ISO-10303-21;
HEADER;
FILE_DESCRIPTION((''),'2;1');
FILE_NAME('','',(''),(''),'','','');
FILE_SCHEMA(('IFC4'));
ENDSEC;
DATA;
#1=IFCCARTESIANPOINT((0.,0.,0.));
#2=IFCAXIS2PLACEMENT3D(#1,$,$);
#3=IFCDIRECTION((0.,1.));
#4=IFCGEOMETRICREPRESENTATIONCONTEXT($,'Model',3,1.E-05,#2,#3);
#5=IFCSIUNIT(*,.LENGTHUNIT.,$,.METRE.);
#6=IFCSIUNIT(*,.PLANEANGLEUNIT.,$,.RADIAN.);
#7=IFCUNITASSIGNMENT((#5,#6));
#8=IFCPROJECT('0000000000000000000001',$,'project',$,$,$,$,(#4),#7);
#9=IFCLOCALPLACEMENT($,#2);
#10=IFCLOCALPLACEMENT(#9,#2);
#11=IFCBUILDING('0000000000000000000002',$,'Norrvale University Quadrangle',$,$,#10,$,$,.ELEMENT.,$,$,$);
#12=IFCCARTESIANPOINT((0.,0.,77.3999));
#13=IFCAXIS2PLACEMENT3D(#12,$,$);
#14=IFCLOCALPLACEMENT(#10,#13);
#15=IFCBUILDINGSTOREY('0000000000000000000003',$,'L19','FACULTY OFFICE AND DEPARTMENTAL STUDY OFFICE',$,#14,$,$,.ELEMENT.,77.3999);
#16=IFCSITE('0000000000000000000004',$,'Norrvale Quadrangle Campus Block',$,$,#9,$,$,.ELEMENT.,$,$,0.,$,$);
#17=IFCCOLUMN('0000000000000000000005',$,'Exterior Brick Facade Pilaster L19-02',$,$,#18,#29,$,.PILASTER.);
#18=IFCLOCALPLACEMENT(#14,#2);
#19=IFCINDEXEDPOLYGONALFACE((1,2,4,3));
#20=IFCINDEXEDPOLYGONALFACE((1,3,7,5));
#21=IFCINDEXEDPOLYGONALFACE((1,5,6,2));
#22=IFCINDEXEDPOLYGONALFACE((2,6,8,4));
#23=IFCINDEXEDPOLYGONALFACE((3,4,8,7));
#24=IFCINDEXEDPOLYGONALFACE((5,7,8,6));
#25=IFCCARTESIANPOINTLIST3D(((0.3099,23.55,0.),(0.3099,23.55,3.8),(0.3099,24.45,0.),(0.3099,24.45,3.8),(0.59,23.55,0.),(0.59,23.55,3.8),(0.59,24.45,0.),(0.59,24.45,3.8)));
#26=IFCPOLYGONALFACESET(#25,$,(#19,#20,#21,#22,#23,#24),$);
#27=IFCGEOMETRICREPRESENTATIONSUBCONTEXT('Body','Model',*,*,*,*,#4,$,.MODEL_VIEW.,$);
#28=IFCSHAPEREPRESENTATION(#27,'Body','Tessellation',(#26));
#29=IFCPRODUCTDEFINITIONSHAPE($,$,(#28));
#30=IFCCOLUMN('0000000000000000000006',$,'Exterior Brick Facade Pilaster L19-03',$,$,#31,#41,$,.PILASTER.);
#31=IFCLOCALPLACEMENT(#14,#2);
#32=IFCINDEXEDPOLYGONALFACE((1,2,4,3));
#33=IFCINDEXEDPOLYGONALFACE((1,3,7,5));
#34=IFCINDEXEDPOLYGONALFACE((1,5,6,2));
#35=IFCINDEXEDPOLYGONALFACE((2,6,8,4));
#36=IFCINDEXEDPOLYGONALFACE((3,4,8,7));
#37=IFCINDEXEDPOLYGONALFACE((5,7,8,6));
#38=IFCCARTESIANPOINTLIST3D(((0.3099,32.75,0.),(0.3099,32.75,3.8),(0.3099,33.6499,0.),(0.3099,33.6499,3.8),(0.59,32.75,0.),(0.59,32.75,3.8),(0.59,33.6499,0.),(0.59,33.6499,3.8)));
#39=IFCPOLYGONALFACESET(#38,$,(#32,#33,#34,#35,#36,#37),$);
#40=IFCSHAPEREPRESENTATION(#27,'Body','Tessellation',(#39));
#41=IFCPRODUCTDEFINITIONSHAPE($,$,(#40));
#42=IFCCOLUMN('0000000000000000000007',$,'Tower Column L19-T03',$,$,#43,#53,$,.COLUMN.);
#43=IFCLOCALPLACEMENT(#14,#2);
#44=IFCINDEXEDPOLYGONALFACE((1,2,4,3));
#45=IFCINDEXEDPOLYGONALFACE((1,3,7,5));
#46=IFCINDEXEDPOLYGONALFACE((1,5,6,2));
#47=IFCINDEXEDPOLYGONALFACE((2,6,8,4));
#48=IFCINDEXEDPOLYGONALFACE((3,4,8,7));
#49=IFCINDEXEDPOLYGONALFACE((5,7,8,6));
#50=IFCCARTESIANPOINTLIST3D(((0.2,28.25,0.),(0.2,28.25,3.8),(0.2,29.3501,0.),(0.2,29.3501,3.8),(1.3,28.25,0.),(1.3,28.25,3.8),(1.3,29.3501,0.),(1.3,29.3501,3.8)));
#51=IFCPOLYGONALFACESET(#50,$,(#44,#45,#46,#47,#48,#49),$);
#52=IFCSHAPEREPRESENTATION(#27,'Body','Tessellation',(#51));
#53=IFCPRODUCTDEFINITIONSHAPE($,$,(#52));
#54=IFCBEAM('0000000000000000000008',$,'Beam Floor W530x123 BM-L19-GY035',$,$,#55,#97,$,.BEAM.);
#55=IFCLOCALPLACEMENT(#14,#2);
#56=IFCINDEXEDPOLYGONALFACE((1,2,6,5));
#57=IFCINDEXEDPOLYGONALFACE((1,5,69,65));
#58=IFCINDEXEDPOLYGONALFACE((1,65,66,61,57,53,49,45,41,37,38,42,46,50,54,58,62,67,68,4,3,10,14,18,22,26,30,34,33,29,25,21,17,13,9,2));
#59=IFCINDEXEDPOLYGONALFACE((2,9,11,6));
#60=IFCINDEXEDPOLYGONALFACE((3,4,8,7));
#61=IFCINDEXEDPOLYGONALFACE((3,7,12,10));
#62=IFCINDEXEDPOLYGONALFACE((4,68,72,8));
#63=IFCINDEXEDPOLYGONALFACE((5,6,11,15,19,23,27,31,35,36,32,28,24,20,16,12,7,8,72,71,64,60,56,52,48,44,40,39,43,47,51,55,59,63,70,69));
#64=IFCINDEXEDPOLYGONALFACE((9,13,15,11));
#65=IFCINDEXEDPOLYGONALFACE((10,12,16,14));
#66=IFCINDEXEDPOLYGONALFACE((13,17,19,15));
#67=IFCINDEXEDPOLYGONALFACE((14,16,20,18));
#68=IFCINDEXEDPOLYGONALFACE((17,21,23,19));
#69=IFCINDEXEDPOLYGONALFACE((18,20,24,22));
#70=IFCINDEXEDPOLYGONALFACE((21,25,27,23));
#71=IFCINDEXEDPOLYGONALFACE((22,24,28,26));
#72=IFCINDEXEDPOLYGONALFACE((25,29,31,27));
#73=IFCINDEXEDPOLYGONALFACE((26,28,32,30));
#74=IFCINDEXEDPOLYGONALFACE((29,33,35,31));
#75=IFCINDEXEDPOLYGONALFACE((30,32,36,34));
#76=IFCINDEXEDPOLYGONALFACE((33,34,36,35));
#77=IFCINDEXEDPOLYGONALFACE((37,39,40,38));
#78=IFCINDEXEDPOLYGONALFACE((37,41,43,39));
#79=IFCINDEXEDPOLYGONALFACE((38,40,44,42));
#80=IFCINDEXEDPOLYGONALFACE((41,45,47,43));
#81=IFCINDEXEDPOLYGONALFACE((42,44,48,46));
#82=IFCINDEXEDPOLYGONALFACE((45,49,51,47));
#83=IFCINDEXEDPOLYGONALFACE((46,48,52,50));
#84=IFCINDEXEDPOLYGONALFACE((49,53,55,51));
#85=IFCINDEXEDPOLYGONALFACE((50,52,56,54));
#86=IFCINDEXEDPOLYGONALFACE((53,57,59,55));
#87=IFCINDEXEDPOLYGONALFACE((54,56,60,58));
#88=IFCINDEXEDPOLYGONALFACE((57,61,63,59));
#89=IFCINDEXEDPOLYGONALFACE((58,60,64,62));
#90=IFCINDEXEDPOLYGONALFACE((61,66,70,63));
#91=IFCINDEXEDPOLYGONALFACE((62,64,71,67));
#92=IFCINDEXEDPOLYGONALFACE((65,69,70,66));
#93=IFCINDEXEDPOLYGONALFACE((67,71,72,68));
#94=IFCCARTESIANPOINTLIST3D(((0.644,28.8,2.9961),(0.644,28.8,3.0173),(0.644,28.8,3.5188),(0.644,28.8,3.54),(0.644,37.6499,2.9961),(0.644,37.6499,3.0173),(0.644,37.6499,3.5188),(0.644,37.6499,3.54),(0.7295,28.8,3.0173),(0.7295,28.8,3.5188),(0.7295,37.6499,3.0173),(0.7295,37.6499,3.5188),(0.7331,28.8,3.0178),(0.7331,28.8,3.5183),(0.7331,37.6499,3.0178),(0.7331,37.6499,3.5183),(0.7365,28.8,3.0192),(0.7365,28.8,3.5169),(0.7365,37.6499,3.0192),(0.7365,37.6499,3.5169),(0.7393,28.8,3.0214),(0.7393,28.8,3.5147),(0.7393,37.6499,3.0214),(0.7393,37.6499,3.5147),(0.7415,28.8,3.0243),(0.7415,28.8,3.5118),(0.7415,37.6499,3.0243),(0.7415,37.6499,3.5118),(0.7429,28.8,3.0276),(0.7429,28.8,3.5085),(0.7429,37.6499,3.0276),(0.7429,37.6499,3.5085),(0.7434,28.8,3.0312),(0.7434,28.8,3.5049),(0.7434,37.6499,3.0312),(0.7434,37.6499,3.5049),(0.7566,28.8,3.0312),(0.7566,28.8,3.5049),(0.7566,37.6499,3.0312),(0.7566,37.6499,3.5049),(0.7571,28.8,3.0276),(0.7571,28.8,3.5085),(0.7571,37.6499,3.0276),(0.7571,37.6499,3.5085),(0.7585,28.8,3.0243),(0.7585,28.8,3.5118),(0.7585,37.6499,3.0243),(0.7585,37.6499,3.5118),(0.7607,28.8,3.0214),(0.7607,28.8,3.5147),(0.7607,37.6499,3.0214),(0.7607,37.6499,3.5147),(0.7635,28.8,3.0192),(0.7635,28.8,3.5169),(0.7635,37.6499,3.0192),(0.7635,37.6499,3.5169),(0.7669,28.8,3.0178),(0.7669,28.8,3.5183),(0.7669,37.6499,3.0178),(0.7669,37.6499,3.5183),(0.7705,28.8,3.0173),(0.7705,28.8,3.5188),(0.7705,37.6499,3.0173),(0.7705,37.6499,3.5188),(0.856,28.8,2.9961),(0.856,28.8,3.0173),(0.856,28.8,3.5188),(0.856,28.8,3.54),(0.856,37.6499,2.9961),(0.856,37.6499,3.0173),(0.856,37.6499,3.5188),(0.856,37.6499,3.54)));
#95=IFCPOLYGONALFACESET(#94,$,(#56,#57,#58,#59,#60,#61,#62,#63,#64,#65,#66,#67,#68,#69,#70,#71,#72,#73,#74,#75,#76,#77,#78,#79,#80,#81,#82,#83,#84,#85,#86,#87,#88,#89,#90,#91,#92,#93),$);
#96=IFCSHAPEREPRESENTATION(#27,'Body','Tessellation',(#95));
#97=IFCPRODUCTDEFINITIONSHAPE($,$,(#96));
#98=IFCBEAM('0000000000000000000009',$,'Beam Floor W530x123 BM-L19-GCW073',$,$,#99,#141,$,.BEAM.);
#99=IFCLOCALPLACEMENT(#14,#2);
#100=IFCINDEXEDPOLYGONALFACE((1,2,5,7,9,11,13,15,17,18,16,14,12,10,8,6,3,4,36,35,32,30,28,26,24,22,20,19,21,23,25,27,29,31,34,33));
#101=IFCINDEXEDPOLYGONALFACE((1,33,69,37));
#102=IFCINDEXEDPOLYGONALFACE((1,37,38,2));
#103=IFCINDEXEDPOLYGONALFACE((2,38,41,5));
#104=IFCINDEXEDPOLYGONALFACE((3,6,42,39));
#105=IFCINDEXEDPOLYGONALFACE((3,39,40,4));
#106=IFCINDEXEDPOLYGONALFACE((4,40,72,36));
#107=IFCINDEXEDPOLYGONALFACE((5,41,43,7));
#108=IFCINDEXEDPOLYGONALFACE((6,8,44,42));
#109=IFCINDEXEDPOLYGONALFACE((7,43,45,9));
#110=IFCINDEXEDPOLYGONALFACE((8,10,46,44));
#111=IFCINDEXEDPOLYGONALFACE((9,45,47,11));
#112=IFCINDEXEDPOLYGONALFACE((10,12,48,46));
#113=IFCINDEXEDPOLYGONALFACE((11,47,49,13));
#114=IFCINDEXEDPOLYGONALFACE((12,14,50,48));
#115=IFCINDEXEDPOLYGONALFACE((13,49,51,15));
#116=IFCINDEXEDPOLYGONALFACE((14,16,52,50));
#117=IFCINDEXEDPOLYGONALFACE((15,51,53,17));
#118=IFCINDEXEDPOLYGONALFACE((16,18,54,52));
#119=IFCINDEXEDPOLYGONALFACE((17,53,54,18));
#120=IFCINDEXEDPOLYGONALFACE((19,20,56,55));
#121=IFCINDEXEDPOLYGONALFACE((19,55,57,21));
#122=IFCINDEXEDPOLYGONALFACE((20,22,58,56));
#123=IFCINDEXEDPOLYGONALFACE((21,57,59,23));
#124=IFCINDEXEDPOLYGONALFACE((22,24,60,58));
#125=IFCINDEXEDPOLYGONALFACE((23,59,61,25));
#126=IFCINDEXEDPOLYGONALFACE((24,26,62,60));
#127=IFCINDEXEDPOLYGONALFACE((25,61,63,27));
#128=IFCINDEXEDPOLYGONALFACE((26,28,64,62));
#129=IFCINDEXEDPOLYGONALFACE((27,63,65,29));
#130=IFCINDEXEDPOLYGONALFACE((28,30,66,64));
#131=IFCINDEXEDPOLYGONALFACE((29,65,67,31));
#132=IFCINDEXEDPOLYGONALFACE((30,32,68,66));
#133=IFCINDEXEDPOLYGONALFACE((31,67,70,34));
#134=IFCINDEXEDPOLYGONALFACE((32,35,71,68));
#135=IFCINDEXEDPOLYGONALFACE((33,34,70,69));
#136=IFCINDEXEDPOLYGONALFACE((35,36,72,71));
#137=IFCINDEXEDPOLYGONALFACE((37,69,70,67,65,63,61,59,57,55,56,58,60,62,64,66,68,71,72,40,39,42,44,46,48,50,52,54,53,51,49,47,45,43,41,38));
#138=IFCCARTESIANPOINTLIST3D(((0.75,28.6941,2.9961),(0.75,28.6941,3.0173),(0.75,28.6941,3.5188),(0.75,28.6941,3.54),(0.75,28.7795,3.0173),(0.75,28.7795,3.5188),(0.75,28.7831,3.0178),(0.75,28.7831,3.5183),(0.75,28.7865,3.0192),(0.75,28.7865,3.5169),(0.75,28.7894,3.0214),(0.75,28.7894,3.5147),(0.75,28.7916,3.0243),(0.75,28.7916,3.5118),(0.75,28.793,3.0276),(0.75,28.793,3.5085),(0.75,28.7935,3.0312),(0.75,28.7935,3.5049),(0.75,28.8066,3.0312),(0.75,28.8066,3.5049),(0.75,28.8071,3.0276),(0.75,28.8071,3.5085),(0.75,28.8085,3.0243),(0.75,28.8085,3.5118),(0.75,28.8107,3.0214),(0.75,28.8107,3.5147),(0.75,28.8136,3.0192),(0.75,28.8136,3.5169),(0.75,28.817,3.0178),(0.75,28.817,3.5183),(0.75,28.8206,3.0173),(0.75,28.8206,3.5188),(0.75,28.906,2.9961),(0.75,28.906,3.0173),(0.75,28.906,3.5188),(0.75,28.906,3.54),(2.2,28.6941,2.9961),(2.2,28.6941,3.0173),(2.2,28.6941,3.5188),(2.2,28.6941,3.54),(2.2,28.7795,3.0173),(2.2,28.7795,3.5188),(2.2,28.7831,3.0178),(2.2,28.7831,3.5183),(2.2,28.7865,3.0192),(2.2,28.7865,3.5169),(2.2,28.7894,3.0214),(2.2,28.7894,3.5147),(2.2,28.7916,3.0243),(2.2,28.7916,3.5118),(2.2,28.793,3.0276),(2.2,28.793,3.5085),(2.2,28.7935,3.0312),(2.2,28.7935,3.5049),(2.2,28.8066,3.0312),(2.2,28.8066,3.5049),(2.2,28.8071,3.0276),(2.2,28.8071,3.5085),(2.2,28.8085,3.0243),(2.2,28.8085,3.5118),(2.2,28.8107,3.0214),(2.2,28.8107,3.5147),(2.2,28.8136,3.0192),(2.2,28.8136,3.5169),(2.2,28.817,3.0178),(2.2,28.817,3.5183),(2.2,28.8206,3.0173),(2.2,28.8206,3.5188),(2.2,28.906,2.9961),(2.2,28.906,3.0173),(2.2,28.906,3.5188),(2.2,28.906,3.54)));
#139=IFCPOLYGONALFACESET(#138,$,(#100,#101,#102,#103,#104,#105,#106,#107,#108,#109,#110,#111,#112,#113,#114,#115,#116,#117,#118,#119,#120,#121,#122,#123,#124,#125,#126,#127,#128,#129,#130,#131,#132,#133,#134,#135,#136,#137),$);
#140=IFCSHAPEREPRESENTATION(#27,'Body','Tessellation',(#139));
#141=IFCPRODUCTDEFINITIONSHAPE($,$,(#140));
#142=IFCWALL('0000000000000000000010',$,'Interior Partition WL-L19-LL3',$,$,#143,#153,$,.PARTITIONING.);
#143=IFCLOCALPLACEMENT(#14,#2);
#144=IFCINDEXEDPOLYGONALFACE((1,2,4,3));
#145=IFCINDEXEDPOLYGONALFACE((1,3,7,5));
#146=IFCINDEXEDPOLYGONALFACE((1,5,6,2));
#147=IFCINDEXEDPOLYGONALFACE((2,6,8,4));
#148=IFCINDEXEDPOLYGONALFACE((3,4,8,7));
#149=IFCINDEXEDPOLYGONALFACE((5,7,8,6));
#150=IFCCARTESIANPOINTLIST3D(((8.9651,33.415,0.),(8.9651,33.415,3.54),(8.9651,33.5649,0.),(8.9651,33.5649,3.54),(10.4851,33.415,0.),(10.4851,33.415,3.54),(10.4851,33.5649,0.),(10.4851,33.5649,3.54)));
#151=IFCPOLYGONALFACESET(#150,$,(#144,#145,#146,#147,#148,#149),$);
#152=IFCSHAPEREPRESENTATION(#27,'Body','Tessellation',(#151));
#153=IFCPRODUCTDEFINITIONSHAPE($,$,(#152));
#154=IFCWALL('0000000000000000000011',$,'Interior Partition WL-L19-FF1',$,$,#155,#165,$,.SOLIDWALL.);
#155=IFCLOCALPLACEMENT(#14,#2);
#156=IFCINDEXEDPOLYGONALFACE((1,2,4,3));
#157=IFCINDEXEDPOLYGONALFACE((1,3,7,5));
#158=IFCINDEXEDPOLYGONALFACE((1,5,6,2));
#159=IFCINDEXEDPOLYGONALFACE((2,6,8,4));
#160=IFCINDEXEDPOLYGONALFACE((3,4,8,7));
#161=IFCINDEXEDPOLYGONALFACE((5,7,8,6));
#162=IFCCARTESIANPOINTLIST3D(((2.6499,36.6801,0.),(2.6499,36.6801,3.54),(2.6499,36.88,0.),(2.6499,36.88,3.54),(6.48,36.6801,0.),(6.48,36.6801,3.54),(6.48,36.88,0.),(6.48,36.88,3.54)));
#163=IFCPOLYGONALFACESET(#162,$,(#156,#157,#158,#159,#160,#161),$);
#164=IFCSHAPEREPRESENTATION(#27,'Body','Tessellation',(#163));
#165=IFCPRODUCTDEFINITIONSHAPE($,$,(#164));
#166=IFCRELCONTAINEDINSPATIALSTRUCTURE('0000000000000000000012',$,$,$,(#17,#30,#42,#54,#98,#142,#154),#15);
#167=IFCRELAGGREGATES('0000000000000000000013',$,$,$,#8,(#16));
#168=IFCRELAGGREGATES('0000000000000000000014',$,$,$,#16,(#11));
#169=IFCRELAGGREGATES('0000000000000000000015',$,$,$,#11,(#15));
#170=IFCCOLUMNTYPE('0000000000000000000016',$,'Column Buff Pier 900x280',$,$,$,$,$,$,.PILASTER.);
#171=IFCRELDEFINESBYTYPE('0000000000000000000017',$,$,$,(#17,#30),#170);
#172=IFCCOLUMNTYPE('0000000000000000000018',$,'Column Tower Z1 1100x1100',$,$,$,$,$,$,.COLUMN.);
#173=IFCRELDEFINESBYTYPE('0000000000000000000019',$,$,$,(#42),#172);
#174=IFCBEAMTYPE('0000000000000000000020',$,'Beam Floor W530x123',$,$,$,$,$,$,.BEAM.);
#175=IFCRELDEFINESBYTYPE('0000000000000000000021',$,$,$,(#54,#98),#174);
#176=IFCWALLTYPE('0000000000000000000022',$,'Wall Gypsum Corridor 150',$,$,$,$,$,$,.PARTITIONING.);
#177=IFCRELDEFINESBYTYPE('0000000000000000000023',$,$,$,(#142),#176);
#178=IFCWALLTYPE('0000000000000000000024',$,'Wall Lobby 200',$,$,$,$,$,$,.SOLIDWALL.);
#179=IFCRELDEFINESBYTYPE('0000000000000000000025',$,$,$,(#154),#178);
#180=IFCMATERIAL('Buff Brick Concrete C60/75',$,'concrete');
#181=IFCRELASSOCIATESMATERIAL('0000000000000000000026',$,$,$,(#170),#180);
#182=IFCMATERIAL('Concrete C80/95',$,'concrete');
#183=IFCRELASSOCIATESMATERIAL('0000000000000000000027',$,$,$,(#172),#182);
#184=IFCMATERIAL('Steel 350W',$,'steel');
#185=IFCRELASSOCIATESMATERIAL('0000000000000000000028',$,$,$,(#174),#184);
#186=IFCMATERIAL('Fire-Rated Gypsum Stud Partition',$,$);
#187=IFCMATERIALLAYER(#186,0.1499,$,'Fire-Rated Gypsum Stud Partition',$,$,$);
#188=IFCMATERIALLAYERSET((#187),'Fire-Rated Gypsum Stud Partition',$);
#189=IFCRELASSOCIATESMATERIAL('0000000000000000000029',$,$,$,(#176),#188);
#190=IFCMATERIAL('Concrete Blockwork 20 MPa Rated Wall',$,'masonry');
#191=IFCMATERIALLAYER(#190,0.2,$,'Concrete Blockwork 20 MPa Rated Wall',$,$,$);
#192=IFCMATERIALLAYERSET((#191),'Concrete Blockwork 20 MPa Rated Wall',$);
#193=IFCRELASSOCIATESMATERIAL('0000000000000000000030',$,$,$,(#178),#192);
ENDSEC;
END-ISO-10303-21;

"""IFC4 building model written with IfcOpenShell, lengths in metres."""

from ifc_helpers import new_model, si_unit, direction, frame, frame_2d, origin, origin_2d, place, context, subcontext, project, spatial, rectangle, i_section, extrude, material, layer, layer_set, material_profile, profile_set, type_object, element, save


model = new_model("IFC4")

# Units and contexts
model_context = context("Model", 3, precision=1e-05, world=origin(), true_north=direction((0.0, 1.0)))
body_context = subcontext(model_context, "Body", "Model", "MODEL_VIEW")
ifc_project = project(units=[si_unit("LENGTHUNIT", "METRE"), si_unit("PLANEANGLEUNIT", "RADIAN")], contexts=[model_context])

# Site, building, storey
site_placement = place(None, origin())
site = spatial("IfcSite", under=ifc_project, at=site_placement, Name="Norrvale Quadrangle Campus Block", CompositionType="ELEMENT", RefElevation=0.0)
building_placement = place(site_placement, origin())
building = spatial("IfcBuilding", under=site, at=building_placement, Name="Norrvale University Quadrangle", CompositionType="ELEMENT")
storey_placement = place(building_placement, frame((0.0, 0.0, 77.3999)))
storey = spatial("IfcBuildingStorey", under=building, at=storey_placement, Name="L19", Description="FACULTY OFFICE AND DEPARTMENTAL STUDY OFFICE", CompositionType="ELEMENT", Elevation=77.3999)

# Columns
ifc_material_1 = material(Name="Buff Brick Concrete C60/75", Category="concrete")
ifc_material_profile_1 = material_profile(ifc_material_1, rectangle(XDim=0.8999, YDim=0.28, at=origin_2d()), Name="Buff Brick Concrete C60/75")
ifc_profile_set_1 = profile_set([ifc_material_profile_1], Name="Buff Brick Concrete C60/75")
column_type_1 = type_object("IfcColumnType", Name="Column Buff Pier 900x280", PredefinedType="PILASTER", material=ifc_profile_set_1)
for number, where, z_axis, x_axis, name in (
    (1, (0.45, 24.0, 0.0), (0.0, 0.0, 1.0), (0.0, 1.0, 0.0), "Exterior Brick Facade Pilaster L19-02"),
    (2, (0.45, 33.2, 0.0), (0.0, 0.0, 1.0), (0.0, 1.0, 0.0), "Exterior Brick Facade Pilaster L19-03"),
):
    element("IfcColumn", number, at=place(storey_placement, frame(where, z_axis=z_axis, x_axis=x_axis)), inside=storey, type_object=column_type_1, Name=name, PredefinedType="PILASTER", context=body_context, shape_type="SweptSolid", body=[
        extrude(rectangle(XDim=0.8999, YDim=0.28, at=origin_2d()), origin(), (0.0, 0.0, 1.0), 3.8),
    ])
ifc_material_2 = material(Name="Concrete C80/95", Category="concrete")
ifc_material_profile_2 = material_profile(ifc_material_2, rectangle(XDim=1.1001, YDim=1.1001, at=origin_2d()), Name="Concrete C80/95")
ifc_profile_set_2 = profile_set([ifc_material_profile_2], Name="Concrete C80/95")
column_type_2 = type_object("IfcColumnType", Name="Column Tower Z1 1100x1100", PredefinedType="COLUMN", material=ifc_profile_set_2)
column_placement = place(storey_placement, frame((0.75, 28.8, 0.0), z_axis=(0.0, 0.0, 1.0), x_axis=(1.0, 0.0, 0.0)))
element("IfcColumn", 3, at=column_placement, inside=storey, type_object=column_type_2, Name="Tower Column L19-T03", PredefinedType="COLUMN", context=body_context, shape_type="SweptSolid", body=[
    extrude(rectangle(XDim=1.1001, YDim=1.1001, at=origin_2d()), origin(), (0.0, 0.0, 1.0), 3.8),
])

# Beams
ifc_material_3 = material(Name="Steel 350W", Category="steel")
ifc_material_profile_3 = material_profile(ifc_material_3, i_section(OverallWidth=0.2119, OverallDepth=0.5439, WebThickness=0.0132, FlangeThickness=0.0212, FilletRadius=0.0139, at=origin_2d()), Name="Steel 350W")
ifc_profile_set_3 = profile_set([ifc_material_profile_3], Name="Steel 350W")
beam_type = type_object("IfcBeamType", Name="Beam Floor W530x123", PredefinedType="BEAM", material=ifc_profile_set_3)
beam_1_placement = place(storey_placement, frame((0.75, 28.8, 3.2681), z_axis=(0.0, 1.0, 0.0), x_axis=(-1.0, 0.0, 0.0)))
element("IfcBeam", 4, at=beam_1_placement, inside=storey, type_object=beam_type, Name="Beam Floor W530x123 BM-L19-GY035", PredefinedType="BEAM", context=body_context, shape_type="SweptSolid", body=[
    extrude(i_section(OverallWidth=0.2119, OverallDepth=0.5439, WebThickness=0.0132, FlangeThickness=0.0212, FilletRadius=0.0139, at=origin_2d()), origin(), (0.0, 0.0, 1.0), 8.8499),
])
beam_2_placement = place(storey_placement, frame((0.75, 28.8, 3.2681), z_axis=(1.0, 0.0, 0.0), x_axis=(0.0, 1.0, 0.0)))
element("IfcBeam", 5, at=beam_2_placement, inside=storey, type_object=beam_type, Name="Beam Floor W530x123 BM-L19-GCW073", PredefinedType="BEAM", context=body_context, shape_type="SweptSolid", body=[
    extrude(i_section(OverallWidth=0.2119, OverallDepth=0.5439, WebThickness=0.0132, FlangeThickness=0.0212, FilletRadius=0.0139, at=origin_2d()), origin(), (0.0, 0.0, 1.0), 1.45),
])

# Walls
ifc_material_4 = material(Name="Fire-Rated Gypsum Stud Partition")
ifc_layer_1 = layer(ifc_material_4, 0.1499, Name="Fire-Rated Gypsum Stud Partition")
ifc_layer_set_1 = layer_set([ifc_layer_1], Name="Fire-Rated Gypsum Stud Partition")
wall_type_1 = type_object("IfcWallType", Name="Wall Gypsum Corridor 150", PredefinedType="PARTITIONING", material=ifc_layer_set_1)
wall_1_placement = place(storey_placement, frame((8.9651, 33.49, 0.0), z_axis=(0.0, 0.0, 1.0), x_axis=(1.0, 0.0, 0.0)))
element("IfcWall", 6, at=wall_1_placement, inside=storey, type_object=wall_type_1, Name="Interior Partition WL-L19-LL3", PredefinedType="PARTITIONING", context=body_context, shape_type="SweptSolid", body=[
    extrude(rectangle(XDim=1.52, YDim=0.1499, at=frame_2d((0.76, 0.0))), origin(), (0.0, 0.0, 1.0), 3.54),
])
ifc_material_5 = material(Name="Concrete Blockwork 20 MPa Rated Wall", Category="masonry")
ifc_layer_2 = layer(ifc_material_5, 0.2, Name="Concrete Blockwork 20 MPa Rated Wall")
ifc_layer_set_2 = layer_set([ifc_layer_2], Name="Concrete Blockwork 20 MPa Rated Wall")
wall_type_2 = type_object("IfcWallType", Name="Wall Lobby 200", PredefinedType="SOLIDWALL", material=ifc_layer_set_2)
wall_2_placement = place(storey_placement, frame((2.6499, 36.78, 0.0), z_axis=(0.0, 0.0, 1.0), x_axis=(1.0, 0.0, 0.0)))
element("IfcWall", 7, at=wall_2_placement, inside=storey, type_object=wall_type_2, Name="Interior Partition WL-L19-FF1", PredefinedType="SOLIDWALL", context=body_context, shape_type="SweptSolid", body=[
    extrude(rectangle(XDim=3.8301, YDim=0.2, at=frame_2d((1.915, 0.0))), origin(), (0.0, 0.0, 1.0), 3.54),
])

save(model, "model.ifc")
